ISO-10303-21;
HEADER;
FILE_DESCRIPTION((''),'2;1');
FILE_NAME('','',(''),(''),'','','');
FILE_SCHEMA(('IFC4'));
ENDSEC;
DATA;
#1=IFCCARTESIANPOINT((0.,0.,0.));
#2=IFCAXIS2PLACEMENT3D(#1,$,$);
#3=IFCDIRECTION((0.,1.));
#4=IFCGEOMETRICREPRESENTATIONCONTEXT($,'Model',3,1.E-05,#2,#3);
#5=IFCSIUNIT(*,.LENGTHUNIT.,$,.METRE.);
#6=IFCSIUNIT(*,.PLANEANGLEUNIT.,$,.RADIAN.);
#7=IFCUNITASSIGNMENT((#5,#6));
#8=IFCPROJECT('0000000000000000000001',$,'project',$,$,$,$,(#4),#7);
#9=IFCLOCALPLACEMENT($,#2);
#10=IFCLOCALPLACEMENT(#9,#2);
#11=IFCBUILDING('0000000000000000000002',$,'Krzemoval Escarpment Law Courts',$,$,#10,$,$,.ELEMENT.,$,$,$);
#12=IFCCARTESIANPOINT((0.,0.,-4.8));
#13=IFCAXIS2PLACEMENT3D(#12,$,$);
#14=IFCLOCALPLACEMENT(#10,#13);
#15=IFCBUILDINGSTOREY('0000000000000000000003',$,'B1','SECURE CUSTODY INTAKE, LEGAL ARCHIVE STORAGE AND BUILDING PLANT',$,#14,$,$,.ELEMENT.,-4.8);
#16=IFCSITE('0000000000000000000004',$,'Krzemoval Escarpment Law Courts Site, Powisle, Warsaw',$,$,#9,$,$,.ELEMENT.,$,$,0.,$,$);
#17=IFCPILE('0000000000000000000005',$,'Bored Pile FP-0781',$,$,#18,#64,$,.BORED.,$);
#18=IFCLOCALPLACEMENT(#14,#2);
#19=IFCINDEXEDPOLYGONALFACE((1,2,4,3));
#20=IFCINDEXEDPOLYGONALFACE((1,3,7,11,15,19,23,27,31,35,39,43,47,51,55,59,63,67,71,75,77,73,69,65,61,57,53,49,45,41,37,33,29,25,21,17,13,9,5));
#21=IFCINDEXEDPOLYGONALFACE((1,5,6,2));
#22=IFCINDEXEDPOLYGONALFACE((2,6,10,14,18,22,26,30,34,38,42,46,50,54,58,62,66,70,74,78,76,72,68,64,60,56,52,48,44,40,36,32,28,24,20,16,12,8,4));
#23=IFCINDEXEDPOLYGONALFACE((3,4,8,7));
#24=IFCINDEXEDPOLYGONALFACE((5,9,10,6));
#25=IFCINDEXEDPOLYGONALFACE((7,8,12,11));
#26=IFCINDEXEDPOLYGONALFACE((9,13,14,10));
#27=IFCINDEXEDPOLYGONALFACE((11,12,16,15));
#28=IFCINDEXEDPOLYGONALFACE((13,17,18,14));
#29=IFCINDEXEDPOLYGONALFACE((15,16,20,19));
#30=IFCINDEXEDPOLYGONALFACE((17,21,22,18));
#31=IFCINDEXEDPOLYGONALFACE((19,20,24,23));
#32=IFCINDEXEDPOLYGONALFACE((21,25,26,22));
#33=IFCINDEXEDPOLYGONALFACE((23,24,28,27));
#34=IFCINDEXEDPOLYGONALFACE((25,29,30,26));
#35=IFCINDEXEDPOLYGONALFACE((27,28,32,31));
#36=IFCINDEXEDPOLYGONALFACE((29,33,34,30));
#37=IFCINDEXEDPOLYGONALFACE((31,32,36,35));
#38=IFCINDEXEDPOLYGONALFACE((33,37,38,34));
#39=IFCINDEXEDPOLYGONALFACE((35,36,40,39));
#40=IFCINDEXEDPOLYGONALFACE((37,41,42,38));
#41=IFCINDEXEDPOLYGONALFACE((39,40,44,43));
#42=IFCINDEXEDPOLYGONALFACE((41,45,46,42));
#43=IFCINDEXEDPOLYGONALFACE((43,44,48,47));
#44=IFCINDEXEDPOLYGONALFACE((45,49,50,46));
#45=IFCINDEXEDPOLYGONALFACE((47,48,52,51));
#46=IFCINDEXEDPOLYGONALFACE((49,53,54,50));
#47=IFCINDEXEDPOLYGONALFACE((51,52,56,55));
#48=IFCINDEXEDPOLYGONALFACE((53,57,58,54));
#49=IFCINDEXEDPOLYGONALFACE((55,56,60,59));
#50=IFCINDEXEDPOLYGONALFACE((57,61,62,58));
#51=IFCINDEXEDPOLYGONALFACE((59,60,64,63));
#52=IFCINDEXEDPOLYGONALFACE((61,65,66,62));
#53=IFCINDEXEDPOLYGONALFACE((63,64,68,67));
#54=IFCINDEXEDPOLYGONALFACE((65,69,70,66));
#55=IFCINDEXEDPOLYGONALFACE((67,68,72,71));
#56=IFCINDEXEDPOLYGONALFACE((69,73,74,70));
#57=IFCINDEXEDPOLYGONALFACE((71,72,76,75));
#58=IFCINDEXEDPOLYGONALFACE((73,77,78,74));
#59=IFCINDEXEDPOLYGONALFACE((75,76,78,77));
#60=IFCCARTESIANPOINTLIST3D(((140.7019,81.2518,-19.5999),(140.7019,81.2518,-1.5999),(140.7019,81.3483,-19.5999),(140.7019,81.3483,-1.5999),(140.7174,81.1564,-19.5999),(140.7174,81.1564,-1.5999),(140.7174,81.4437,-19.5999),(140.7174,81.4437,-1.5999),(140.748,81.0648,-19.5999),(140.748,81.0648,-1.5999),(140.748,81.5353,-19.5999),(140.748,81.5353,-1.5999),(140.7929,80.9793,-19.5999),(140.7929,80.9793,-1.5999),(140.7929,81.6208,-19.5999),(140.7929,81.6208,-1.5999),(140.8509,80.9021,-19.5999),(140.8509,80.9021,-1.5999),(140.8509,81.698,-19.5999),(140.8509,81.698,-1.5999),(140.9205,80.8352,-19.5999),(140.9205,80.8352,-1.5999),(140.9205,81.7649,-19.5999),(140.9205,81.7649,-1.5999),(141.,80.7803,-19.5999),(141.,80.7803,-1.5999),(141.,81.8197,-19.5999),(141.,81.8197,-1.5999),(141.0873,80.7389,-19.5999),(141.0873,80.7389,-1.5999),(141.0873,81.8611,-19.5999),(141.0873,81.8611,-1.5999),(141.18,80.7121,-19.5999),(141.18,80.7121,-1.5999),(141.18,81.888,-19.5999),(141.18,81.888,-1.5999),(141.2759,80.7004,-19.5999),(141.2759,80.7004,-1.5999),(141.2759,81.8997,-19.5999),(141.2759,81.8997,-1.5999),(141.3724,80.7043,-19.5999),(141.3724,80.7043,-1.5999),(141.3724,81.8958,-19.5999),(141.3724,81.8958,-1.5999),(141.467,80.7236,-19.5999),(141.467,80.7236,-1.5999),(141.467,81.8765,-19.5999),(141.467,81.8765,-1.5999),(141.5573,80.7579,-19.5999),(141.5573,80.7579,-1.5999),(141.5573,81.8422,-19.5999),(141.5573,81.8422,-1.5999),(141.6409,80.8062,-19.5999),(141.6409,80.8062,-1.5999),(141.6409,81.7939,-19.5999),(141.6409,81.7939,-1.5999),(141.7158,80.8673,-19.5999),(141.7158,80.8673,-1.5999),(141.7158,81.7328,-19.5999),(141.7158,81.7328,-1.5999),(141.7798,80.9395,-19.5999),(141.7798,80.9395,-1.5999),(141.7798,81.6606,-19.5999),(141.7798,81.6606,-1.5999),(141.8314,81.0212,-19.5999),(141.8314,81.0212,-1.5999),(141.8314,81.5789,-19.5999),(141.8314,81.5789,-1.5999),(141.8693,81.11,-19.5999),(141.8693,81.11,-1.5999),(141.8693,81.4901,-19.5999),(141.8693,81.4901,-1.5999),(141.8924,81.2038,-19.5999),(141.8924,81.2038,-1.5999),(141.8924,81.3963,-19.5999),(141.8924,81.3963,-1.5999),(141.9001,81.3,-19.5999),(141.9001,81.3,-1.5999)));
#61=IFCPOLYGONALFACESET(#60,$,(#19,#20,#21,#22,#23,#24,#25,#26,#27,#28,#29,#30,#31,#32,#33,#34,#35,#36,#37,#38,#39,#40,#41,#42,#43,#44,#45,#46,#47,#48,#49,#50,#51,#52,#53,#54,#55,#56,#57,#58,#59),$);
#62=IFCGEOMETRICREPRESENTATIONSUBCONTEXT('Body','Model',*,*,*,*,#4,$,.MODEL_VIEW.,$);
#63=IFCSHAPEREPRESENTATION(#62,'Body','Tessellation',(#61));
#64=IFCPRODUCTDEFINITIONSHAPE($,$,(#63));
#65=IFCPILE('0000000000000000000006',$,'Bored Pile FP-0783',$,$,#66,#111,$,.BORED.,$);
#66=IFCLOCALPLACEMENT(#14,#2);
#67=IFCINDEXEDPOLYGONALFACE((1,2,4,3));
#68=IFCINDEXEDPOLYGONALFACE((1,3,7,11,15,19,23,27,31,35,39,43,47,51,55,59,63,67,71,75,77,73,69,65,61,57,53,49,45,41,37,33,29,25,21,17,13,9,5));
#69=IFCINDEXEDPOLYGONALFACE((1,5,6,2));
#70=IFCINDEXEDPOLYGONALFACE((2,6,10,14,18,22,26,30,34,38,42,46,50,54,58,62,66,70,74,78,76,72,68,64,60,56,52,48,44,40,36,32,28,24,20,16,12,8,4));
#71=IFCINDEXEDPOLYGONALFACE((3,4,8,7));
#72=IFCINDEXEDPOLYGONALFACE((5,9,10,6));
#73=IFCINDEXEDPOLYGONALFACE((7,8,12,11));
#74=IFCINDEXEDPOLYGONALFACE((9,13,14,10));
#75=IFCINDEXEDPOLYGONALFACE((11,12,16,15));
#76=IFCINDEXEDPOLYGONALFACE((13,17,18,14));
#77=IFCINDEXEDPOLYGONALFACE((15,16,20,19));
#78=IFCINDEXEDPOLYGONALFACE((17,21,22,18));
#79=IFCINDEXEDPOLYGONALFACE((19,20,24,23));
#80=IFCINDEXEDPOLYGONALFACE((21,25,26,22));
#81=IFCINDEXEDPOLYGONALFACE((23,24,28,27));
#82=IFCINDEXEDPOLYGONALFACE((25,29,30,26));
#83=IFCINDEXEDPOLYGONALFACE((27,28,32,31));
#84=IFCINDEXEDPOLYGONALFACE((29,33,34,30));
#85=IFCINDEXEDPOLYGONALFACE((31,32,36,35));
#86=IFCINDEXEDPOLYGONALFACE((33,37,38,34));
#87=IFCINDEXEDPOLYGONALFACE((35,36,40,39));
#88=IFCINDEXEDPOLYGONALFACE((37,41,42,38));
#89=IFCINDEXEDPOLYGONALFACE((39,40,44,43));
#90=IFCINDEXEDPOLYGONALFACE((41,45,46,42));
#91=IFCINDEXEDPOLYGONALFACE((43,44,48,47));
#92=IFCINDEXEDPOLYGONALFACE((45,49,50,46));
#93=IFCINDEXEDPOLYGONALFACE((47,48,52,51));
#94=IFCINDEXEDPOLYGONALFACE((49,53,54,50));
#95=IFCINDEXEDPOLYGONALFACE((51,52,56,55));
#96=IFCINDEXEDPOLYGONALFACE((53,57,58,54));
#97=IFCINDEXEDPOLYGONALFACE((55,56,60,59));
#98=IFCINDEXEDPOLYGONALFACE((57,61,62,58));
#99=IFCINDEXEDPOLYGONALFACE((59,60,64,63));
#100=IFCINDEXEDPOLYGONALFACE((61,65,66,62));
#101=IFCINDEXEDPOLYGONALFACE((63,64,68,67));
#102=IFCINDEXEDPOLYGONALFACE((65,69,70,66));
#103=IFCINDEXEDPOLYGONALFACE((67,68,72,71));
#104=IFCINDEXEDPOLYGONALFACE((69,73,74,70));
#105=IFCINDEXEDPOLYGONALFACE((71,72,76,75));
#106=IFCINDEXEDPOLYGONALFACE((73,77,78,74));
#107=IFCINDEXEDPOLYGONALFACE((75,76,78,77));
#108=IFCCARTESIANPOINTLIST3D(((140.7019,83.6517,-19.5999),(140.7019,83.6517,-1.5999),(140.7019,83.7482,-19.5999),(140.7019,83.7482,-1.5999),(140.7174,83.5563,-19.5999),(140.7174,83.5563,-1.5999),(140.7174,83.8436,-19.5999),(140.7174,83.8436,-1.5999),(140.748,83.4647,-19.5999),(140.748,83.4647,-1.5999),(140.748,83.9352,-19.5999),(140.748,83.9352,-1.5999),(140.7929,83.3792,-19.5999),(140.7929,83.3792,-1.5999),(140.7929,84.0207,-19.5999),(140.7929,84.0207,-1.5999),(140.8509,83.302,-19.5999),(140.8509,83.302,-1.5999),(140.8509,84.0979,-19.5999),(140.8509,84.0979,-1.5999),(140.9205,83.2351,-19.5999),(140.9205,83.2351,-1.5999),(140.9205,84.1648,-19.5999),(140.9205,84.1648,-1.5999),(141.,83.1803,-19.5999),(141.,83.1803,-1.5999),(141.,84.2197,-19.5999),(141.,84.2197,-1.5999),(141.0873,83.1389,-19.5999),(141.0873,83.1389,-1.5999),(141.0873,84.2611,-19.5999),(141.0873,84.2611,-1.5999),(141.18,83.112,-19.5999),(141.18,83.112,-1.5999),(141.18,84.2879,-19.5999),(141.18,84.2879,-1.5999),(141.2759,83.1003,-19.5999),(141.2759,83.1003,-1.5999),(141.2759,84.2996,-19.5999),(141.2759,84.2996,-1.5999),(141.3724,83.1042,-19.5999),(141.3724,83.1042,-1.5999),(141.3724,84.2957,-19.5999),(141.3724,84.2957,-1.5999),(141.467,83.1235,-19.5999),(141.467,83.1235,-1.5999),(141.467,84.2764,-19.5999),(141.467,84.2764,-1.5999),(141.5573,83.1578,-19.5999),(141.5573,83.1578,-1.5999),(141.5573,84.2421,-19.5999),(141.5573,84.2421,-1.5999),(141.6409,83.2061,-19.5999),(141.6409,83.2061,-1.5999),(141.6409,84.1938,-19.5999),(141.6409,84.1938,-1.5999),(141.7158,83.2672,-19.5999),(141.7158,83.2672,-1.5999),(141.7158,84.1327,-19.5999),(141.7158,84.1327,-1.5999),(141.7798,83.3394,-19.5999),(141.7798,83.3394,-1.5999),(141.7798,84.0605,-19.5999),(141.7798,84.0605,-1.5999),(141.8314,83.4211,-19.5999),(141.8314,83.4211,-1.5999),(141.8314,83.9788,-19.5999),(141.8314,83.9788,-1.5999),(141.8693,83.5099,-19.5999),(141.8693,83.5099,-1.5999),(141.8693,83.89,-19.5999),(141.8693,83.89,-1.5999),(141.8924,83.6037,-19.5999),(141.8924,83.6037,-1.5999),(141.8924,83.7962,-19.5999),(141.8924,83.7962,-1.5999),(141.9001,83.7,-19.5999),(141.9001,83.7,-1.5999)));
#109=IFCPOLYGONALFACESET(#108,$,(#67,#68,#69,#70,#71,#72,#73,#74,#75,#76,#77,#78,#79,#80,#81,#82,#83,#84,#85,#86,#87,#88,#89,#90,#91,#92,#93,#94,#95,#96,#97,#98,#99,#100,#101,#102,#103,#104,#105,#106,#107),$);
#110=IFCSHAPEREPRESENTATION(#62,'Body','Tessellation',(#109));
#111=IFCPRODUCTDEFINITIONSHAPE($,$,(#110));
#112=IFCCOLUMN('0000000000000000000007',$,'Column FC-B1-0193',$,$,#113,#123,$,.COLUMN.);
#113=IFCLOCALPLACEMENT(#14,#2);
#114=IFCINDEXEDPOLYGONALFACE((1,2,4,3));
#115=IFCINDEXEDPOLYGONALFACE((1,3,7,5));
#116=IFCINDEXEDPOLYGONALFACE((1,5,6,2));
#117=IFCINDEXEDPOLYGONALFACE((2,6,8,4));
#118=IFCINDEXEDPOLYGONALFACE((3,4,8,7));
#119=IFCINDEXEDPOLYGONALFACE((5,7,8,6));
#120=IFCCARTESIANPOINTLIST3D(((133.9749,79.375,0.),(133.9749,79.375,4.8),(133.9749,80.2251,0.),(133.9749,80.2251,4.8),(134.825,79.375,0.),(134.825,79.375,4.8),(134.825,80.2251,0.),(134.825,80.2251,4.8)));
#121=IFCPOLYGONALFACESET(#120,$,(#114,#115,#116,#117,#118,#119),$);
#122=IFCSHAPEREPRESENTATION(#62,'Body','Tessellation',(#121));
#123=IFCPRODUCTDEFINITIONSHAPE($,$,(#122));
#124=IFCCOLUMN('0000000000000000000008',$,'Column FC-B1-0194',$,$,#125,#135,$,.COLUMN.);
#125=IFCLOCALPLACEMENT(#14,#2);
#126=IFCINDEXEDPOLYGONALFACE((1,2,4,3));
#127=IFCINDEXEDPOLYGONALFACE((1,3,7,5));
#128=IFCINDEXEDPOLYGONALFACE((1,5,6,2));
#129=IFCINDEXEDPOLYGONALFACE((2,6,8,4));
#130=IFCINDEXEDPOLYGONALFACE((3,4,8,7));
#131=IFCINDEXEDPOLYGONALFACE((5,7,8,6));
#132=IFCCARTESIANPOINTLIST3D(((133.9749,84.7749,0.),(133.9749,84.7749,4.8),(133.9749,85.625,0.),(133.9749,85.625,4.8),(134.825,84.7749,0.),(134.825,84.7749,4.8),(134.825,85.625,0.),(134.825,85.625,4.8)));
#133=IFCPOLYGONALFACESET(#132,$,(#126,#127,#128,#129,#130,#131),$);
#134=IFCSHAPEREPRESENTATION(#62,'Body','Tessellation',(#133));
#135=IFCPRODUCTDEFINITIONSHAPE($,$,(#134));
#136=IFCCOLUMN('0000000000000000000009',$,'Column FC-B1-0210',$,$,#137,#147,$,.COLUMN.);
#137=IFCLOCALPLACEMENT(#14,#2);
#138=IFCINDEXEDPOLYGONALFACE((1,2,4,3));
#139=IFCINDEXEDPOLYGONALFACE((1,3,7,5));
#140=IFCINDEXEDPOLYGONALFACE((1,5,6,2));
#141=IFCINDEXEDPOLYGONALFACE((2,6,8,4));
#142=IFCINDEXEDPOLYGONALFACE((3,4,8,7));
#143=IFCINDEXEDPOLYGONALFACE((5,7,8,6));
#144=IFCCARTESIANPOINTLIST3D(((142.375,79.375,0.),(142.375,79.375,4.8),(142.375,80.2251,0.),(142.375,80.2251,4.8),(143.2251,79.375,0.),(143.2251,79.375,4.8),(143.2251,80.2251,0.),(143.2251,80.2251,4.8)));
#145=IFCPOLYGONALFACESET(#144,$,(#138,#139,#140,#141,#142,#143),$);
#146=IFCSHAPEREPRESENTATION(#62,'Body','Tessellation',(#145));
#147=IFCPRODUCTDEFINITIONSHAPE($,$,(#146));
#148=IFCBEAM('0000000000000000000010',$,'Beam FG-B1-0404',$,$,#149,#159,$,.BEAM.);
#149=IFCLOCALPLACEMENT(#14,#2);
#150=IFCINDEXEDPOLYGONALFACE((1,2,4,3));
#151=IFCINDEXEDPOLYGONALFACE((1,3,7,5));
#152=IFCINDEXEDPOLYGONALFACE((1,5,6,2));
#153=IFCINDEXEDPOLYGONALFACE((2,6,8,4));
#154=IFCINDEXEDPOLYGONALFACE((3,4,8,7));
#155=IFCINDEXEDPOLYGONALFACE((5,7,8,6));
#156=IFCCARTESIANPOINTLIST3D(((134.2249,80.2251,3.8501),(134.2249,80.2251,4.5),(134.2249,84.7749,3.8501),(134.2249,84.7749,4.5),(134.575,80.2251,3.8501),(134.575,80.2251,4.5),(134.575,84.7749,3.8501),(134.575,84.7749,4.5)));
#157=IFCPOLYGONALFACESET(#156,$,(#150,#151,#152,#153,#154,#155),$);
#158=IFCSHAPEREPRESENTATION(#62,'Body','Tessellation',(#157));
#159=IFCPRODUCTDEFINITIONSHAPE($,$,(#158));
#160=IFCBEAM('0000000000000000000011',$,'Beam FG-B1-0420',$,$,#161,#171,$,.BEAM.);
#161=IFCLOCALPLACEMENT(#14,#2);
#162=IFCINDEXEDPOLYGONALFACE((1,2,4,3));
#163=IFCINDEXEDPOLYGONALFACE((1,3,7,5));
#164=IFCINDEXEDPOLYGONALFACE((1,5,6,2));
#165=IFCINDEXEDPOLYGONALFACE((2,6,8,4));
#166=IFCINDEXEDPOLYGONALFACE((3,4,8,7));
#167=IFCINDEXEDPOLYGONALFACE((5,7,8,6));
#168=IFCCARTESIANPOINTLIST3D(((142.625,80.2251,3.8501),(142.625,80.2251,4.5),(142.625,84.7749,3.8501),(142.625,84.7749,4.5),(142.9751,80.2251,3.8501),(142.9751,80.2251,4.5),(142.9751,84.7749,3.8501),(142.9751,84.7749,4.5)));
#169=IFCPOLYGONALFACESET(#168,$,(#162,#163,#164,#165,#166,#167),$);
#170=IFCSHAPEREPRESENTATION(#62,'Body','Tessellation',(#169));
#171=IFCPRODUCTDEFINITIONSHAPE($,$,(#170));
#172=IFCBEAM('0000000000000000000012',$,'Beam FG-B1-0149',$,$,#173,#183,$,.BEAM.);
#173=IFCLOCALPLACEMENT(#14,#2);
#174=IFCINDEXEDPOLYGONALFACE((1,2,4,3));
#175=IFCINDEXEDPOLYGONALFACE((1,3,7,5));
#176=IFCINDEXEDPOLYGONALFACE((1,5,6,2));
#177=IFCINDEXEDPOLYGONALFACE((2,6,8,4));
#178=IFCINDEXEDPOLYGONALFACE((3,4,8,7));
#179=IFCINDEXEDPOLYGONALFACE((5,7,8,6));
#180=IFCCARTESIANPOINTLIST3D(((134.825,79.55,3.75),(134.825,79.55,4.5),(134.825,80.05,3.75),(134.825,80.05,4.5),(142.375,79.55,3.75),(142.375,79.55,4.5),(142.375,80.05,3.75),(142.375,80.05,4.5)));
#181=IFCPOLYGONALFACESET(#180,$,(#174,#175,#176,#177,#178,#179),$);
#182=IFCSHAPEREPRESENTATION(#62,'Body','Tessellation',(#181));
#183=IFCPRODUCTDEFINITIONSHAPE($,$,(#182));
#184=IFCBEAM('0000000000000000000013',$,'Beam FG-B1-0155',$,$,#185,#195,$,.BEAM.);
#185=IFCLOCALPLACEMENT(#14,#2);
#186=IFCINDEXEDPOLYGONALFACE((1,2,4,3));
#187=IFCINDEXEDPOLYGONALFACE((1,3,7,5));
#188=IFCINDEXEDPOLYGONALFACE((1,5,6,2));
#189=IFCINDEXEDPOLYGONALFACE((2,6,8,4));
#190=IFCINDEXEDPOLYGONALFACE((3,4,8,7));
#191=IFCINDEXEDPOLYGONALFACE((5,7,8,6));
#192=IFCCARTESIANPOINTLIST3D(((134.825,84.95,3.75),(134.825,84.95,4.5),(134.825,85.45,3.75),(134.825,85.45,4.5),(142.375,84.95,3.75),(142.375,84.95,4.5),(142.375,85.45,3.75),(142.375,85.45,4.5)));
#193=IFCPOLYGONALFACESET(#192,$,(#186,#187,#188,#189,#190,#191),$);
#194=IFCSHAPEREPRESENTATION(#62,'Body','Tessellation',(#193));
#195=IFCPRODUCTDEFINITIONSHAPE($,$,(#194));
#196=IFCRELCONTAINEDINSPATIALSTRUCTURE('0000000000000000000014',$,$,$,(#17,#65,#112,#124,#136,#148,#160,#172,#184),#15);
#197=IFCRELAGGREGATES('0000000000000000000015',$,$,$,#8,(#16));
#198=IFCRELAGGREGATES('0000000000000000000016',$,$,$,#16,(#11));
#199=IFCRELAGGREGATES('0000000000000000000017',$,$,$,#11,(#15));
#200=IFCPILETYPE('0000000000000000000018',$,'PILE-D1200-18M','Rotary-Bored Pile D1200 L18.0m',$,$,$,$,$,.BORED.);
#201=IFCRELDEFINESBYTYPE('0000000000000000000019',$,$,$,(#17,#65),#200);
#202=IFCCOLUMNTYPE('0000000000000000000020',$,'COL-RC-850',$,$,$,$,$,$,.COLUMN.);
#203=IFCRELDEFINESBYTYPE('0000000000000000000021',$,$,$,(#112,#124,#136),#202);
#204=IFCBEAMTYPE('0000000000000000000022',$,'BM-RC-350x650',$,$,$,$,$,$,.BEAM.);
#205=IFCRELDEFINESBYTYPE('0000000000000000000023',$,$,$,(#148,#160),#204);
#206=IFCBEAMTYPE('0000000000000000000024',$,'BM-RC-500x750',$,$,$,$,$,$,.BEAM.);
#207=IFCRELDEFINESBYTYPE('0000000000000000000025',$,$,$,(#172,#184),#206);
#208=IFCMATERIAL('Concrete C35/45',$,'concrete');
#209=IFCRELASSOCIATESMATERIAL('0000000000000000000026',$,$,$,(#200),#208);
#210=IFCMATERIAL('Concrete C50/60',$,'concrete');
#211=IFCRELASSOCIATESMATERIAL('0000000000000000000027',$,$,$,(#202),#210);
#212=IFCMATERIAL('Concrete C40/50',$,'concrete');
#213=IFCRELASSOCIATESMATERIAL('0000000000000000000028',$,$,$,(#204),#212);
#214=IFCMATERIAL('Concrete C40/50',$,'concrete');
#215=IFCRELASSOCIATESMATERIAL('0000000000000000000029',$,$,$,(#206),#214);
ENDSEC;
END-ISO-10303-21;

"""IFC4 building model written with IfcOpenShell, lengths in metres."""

from ifc_helpers import new_model, si_unit, direction, frame, origin, origin_2d, place, context, subcontext, project, spatial, rectangle, circle, extrude, material, material_profile, profile_set, type_object, element, save


model = new_model("IFC4")

# Units and contexts
model_context = context("Model", 3, precision=1e-05, world=origin(), true_north=direction((0.0, 1.0)))
body_context = subcontext(model_context, "Body", "Model", "MODEL_VIEW")
ifc_project = project(units=[si_unit("LENGTHUNIT", "METRE"), si_unit("PLANEANGLEUNIT", "RADIAN")], contexts=[model_context])

# Site, building, storey
site_placement = place(None, origin())
site = spatial("IfcSite", under=ifc_project, at=site_placement, Name="Krzemoval Escarpment Law Courts Site, Powisle, Warsaw", CompositionType="ELEMENT", RefElevation=0.0)
building_placement = place(site_placement, origin())
building = spatial("IfcBuilding", under=site, at=building_placement, Name="Krzemoval Escarpment Law Courts", CompositionType="ELEMENT")
storey_placement = place(building_placement, frame((0.0, 0.0, -4.8)))
storey = spatial("IfcBuildingStorey", under=building, at=storey_placement, Name="B1", Description="SECURE CUSTODY INTAKE, LEGAL ARCHIVE STORAGE AND BUILDING PLANT", CompositionType="ELEMENT", Elevation=-4.8)

# Piles
ifc_material_1 = material(Name="Concrete C35/45", Category="concrete")
ifc_material_profile_1 = material_profile(ifc_material_1, circle(Radius=0.6001, at=origin_2d()), Name="PILE D1200")
ifc_profile_set_1 = profile_set([ifc_material_profile_1], Name="Concrete C35/45")
pile_type = type_object("IfcPileType", Name="PILE-D1200-18M", Description="Rotary-Bored Pile D1200 L18.0m", PredefinedType="BORED", material=ifc_profile_set_1)
for number, where, z_axis, x_axis, name in (
    (1, (141.3, 81.3, -1.5999), (0.0, 0.0, -1.0), (1.0, 0.0, 0.0), "Bored Pile FP-0781"),
    (2, (141.3, 83.7, -1.5999), (0.0, 0.0, -1.0), (1.0, 0.0, 0.0), "Bored Pile FP-0783"),
):
    element("IfcPile", number, at=place(storey_placement, frame(where, z_axis=z_axis, x_axis=x_axis)), inside=storey, type_object=pile_type, Name=name, PredefinedType="BORED", context=body_context, shape_type="SweptSolid", body=[
        extrude(circle(Radius=0.6001, at=origin_2d()), origin(), (0.0, 0.0, 1.0), 18.0),
    ])

# Columns
ifc_material_2 = material(Name="Concrete C50/60", Category="concrete")
ifc_material_profile_2 = material_profile(ifc_material_2, rectangle(XDim=0.8501, YDim=0.8501, at=origin_2d()), Name="RC 850x850")
ifc_profile_set_2 = profile_set([ifc_material_profile_2], Name="Concrete C50/60")
column_type = type_object("IfcColumnType", Name="COL-RC-850", PredefinedType="COLUMN", material=ifc_profile_set_2)
for number, where, z_axis, x_axis, name in (
    (3, (134.3999, 79.8, 0.0), (0.0, 0.0, 1.0), (1.0, 0.0, 0.0), "Column FC-B1-0193"),
    (4, (134.3999, 85.2, 0.0), (0.0, 0.0, 1.0), (1.0, 0.0, 0.0), "Column FC-B1-0194"),
    (5, (142.8, 79.8, 0.0), (0.0, 0.0, 1.0), (1.0, 0.0, 0.0), "Column FC-B1-0210"),
):
    element("IfcColumn", number, at=place(storey_placement, frame(where, z_axis=z_axis, x_axis=x_axis)), inside=storey, type_object=column_type, Name=name, PredefinedType="COLUMN", context=body_context, shape_type="SweptSolid", body=[
        extrude(rectangle(XDim=0.8501, YDim=0.8501, at=origin_2d()), origin(), (0.0, 0.0, 1.0), 4.8),
    ])

# Beams
ifc_material_3 = material(Name="Concrete C40/50", Category="concrete")
ifc_material_profile_3 = material_profile(ifc_material_3, rectangle(XDim=0.3501, YDim=0.6499, at=origin_2d()), Name="RCB 350x650")
ifc_profile_set_3 = profile_set([ifc_material_profile_3], Name="Concrete C40/50")
beam_type_1 = type_object("IfcBeamType", Name="BM-RC-350x650", PredefinedType="BEAM", material=ifc_profile_set_3)
for number, where, z_axis, x_axis, name in (
    (6, (134.3999, 80.2251, 4.175), (0.0, 1.0, 0.0), (-1.0, 0.0, 0.0), "Beam FG-B1-0404"),
    (7, (142.8, 80.2251, 4.175), (0.0, 1.0, 0.0), (-1.0, 0.0, 0.0), "Beam FG-B1-0420"),
):
    element("IfcBeam", number, at=place(storey_placement, frame(where, z_axis=z_axis, x_axis=x_axis)), inside=storey, type_object=beam_type_1, Name=name, PredefinedType="BEAM", context=body_context, shape_type="SweptSolid", body=[
        extrude(rectangle(XDim=0.3501, YDim=0.6499, at=origin_2d()), origin(), (0.0, 0.0, 1.0), 4.5498),
    ])
ifc_material_4 = material(Name="Concrete C40/50", Category="concrete")
ifc_material_profile_4 = material_profile(ifc_material_4, rectangle(XDim=0.5, YDim=0.75, at=origin_2d()), Name="RCB 500x750")
ifc_profile_set_4 = profile_set([ifc_material_profile_4], Name="Concrete C40/50")
beam_type_2 = type_object("IfcBeamType", Name="BM-RC-500x750", PredefinedType="BEAM", material=ifc_profile_set_4)
for number, where, z_axis, x_axis, name in (
    (8, (134.825, 79.8, 4.125), (1.0, 0.0, 0.0), (0.0, 1.0, 0.0), "Beam FG-B1-0149"),
    (9, (134.825, 85.2, 4.125), (1.0, 0.0, 0.0), (0.0, 1.0, 0.0), "Beam FG-B1-0155"),
):
    element("IfcBeam", number, at=place(storey_placement, frame(where, z_axis=z_axis, x_axis=x_axis)), inside=storey, type_object=beam_type_2, Name=name, PredefinedType="BEAM", context=body_context, shape_type="SweptSolid", body=[
        extrude(rectangle(XDim=0.5, YDim=0.75, at=origin_2d()), origin(), (0.0, 0.0, 1.0), 7.55),
    ])

save(model, "model.ifc")
